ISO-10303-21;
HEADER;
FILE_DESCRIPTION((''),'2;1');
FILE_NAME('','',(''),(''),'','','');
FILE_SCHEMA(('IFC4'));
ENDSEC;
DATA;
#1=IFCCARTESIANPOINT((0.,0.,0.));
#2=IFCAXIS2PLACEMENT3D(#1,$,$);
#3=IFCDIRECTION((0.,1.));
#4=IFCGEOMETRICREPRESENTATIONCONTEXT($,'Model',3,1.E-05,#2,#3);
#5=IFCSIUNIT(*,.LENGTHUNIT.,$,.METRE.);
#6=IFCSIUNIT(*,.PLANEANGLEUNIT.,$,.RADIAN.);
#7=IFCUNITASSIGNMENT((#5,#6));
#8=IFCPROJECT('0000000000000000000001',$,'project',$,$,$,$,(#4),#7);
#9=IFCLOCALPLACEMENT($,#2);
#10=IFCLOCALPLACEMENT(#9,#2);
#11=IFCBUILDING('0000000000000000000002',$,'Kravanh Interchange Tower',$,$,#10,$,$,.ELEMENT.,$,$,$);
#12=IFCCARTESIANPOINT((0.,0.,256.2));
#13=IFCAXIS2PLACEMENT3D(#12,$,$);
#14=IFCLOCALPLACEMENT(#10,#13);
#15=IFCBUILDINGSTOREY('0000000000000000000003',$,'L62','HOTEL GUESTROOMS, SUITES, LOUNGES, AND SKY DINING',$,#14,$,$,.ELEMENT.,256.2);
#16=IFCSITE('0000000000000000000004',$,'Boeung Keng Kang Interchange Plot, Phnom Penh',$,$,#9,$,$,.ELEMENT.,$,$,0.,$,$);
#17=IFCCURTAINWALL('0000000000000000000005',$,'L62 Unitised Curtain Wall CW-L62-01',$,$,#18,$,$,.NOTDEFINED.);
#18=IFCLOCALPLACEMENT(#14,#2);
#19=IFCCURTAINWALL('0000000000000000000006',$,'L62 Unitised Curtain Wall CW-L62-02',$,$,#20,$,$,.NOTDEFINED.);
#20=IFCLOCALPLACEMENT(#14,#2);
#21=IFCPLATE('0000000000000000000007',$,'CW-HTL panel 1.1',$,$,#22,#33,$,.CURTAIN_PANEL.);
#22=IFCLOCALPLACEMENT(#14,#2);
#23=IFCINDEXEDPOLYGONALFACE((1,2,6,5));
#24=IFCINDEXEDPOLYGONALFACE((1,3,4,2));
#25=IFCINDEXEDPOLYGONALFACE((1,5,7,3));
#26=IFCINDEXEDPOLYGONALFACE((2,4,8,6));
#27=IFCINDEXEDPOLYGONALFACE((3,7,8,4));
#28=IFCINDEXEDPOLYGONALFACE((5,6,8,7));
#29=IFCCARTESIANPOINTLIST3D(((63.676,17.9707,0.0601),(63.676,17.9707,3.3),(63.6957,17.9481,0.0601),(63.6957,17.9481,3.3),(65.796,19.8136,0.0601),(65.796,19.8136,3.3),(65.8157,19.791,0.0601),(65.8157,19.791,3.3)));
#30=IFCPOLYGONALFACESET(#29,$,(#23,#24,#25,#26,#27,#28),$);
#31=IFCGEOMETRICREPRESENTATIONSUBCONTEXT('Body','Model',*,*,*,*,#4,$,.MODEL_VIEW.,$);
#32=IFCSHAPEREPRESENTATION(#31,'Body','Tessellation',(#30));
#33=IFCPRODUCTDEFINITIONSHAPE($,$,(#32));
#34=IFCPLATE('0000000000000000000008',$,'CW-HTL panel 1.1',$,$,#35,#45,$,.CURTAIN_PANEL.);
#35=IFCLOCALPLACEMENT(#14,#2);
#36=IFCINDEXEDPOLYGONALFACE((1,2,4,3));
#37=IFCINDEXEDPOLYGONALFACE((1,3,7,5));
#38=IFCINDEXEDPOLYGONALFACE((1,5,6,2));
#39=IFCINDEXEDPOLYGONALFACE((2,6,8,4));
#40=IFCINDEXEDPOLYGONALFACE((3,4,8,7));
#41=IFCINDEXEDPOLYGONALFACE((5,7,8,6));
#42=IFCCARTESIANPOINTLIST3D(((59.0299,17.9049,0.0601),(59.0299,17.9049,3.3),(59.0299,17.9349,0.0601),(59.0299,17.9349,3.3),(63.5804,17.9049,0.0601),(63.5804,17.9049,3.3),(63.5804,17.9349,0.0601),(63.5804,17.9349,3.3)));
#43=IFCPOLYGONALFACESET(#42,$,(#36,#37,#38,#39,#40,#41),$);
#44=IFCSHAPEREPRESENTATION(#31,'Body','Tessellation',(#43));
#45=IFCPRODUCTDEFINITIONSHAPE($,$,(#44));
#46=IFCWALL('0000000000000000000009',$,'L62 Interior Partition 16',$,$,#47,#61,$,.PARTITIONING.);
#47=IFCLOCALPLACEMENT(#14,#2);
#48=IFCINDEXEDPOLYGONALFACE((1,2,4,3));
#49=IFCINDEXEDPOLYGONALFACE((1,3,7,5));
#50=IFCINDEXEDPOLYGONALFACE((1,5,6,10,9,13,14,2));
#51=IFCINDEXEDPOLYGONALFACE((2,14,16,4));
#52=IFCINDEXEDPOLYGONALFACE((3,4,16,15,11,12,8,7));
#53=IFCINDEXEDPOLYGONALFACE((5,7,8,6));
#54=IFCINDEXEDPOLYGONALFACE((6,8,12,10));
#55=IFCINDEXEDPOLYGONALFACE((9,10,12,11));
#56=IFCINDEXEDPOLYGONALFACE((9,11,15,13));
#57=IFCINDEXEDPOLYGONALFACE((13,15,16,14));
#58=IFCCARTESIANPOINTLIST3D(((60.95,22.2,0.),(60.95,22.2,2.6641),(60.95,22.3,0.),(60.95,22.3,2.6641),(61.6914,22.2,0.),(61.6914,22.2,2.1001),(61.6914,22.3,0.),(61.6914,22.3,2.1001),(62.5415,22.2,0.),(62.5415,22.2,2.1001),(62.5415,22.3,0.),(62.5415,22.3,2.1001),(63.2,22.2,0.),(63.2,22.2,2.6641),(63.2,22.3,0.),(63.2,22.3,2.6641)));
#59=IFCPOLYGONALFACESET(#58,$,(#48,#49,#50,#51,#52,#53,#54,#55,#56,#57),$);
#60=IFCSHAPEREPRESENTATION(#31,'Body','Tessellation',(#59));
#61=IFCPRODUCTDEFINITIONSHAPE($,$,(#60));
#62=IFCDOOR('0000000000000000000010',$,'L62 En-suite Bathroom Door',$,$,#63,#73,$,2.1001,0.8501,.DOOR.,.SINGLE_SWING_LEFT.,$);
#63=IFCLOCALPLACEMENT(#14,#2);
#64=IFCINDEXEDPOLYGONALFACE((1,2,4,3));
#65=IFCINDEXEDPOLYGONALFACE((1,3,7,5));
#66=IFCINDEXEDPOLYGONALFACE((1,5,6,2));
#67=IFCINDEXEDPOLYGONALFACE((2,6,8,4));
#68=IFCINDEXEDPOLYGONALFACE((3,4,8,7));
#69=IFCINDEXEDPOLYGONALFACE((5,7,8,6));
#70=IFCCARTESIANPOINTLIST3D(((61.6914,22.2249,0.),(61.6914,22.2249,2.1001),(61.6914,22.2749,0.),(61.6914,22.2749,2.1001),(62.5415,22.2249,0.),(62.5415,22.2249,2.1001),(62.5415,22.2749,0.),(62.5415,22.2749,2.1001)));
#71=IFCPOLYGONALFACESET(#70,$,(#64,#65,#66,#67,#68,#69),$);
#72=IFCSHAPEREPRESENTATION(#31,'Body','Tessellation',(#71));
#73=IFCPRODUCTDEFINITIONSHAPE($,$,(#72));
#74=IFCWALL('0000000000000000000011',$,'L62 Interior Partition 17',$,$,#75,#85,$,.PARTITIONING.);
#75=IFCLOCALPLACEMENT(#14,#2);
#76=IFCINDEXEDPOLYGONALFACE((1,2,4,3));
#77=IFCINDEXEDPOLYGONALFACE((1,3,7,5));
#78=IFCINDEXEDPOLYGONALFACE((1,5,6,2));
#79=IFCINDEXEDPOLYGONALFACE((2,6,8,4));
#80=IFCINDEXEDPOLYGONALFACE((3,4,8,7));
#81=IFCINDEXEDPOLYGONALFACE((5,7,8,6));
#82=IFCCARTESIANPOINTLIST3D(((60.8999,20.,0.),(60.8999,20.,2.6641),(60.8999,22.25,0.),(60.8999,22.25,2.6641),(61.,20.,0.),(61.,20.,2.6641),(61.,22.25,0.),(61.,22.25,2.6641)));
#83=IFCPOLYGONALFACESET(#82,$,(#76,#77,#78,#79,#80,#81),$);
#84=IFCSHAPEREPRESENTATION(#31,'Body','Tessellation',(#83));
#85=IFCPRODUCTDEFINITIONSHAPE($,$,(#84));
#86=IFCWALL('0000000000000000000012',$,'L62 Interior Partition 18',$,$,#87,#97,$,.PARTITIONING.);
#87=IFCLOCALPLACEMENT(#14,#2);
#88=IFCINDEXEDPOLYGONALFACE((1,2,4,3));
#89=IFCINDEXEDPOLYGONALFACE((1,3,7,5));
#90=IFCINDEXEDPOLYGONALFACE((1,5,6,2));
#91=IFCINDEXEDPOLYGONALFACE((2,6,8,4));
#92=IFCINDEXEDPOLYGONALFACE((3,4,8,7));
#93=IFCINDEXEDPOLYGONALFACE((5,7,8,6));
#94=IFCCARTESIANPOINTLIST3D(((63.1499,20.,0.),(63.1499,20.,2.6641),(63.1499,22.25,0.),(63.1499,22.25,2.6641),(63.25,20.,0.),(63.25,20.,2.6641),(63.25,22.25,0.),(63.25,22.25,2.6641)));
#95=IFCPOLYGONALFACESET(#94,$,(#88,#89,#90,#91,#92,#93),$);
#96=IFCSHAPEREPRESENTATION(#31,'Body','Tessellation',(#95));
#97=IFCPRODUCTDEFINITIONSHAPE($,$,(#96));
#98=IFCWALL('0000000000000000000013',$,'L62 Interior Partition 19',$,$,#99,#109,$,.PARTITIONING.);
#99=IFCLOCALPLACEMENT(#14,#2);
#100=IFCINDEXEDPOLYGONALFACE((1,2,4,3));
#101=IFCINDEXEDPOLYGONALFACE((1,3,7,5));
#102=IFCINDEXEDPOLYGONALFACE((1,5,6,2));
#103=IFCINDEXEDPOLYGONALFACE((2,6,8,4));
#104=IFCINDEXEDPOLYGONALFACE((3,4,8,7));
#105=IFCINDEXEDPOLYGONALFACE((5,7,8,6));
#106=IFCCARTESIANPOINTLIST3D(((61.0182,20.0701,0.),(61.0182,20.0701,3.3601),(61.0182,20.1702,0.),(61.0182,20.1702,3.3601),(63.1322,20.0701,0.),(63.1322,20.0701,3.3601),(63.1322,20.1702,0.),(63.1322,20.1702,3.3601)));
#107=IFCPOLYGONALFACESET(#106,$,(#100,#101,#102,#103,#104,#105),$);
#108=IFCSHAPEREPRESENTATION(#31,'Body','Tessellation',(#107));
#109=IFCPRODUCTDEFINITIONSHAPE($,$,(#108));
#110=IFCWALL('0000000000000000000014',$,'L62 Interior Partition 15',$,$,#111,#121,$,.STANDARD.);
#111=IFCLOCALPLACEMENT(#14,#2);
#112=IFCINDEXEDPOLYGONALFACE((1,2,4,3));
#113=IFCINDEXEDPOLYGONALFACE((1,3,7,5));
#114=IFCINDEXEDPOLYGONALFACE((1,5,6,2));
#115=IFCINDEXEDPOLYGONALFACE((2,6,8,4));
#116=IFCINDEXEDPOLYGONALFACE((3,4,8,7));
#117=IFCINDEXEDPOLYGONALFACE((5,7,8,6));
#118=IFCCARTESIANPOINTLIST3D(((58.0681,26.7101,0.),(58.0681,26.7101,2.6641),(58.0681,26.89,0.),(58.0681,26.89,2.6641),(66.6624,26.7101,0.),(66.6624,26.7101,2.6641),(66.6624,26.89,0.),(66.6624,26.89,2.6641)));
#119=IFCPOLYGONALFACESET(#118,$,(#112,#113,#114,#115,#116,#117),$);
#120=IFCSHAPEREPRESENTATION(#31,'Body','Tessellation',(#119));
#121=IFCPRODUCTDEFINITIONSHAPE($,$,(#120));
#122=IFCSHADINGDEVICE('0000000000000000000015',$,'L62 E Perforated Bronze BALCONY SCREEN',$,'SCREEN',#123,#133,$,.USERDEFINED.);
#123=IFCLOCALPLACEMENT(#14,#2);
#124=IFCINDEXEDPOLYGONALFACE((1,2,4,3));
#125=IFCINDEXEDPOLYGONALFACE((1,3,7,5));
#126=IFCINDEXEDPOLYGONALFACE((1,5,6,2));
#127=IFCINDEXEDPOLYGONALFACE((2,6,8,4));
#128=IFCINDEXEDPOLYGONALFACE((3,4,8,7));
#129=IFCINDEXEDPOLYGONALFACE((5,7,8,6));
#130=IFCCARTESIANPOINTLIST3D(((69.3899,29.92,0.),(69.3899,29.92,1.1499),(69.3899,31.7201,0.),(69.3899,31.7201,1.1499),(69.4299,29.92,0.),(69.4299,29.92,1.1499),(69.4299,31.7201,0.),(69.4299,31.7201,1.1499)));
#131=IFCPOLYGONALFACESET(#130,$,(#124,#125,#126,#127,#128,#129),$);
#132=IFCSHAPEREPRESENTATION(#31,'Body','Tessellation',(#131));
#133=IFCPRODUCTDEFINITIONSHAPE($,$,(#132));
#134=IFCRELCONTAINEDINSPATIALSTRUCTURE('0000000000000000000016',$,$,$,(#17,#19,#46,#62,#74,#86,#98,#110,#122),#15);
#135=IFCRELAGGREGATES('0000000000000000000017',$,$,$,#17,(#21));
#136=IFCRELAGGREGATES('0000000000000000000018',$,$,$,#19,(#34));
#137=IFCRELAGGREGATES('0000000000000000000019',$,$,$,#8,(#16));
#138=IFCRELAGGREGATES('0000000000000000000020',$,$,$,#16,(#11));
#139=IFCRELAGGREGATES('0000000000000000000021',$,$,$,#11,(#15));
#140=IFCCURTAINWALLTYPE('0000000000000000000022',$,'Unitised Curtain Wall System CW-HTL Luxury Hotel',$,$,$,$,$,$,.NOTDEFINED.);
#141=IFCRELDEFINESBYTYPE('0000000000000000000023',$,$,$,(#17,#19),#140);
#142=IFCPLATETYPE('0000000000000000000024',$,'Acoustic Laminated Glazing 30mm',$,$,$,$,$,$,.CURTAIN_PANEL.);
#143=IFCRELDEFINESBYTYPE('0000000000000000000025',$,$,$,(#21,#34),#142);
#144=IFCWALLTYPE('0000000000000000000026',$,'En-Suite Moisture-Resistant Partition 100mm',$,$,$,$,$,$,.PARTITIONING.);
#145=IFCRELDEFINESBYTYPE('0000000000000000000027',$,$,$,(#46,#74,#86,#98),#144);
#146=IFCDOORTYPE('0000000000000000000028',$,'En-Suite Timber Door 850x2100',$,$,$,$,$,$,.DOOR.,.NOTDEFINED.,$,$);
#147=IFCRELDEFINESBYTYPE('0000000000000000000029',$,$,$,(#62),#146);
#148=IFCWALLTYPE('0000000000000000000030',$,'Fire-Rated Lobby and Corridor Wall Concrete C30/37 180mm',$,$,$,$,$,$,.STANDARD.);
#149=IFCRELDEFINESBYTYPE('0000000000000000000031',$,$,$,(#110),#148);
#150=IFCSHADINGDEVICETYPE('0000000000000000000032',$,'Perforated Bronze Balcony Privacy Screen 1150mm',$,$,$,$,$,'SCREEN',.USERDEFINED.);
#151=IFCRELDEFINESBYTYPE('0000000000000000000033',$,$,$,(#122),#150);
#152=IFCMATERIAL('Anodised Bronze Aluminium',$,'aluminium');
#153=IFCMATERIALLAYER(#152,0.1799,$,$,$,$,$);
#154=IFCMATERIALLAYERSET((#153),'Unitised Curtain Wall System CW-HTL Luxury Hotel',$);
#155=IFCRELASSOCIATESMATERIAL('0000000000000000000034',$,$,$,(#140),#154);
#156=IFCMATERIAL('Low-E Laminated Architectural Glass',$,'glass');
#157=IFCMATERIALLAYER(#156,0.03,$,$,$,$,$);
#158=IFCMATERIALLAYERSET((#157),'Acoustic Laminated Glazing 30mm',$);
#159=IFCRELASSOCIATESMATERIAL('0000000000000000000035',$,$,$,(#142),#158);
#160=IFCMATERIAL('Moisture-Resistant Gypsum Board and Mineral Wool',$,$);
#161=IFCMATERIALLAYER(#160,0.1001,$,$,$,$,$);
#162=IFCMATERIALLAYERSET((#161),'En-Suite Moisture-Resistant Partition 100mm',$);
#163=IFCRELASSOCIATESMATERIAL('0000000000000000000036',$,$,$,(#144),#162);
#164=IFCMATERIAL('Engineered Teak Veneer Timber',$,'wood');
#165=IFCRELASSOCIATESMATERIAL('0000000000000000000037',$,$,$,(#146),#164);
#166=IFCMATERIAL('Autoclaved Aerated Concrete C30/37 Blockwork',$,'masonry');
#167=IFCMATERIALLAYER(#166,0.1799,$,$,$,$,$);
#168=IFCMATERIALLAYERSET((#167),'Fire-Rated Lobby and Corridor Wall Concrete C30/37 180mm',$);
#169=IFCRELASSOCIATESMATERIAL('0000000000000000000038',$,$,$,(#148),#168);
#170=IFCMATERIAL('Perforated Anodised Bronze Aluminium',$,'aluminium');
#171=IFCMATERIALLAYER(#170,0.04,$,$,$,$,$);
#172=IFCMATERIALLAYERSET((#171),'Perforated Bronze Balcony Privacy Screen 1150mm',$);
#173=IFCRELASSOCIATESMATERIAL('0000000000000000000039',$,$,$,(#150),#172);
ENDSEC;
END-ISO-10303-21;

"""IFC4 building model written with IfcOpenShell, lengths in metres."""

from ifc_helpers import new_model, si_unit, direction, frame, frame_2d, origin, origin_2d, place, context, subcontext, project, spatial, rectangle, extrude, material, layer, layer_set, type_object, element, fill, aggregate, save


model = new_model("IFC4")

# Units and contexts
model_context = context("Model", 3, precision=1e-05, world=origin(), true_north=direction((0.0, 1.0)))
body_context = subcontext(model_context, "Body", "Model", "MODEL_VIEW")
ifc_project = project(units=[si_unit("LENGTHUNIT", "METRE"), si_unit("PLANEANGLEUNIT", "RADIAN")], contexts=[model_context])

# Site, building, storey
site_placement = place(None, origin())
site = spatial("IfcSite", under=ifc_project, at=site_placement, Name="Boeung Keng Kang Interchange Plot, Phnom Penh", CompositionType="ELEMENT", RefElevation=0.0)
building_placement = place(site_placement, origin())
building = spatial("IfcBuilding", under=site, at=building_placement, Name="Kravanh Interchange Tower", CompositionType="ELEMENT")
storey_placement = place(building_placement, frame((0.0, 0.0, 256.2)))
storey = spatial("IfcBuildingStorey", under=building, at=storey_placement, Name="L62", Description="HOTEL GUESTROOMS, SUITES, LOUNGES, AND SKY DINING", CompositionType="ELEMENT", Elevation=256.2)

# Curtain walls
ifc_material_1 = material(Name="Anodised Bronze Aluminium", Category="aluminium")
ifc_layer_1 = layer(ifc_material_1, 0.1799)
ifc_layer_set_1 = layer_set([ifc_layer_1], Name="Unitised Curtain Wall System CW-HTL Luxury Hotel")
curtain_wall_type = type_object("IfcCurtainWallType", Name="Unitised Curtain Wall System CW-HTL Luxury Hotel", PredefinedType="NOTDEFINED", material=ifc_layer_set_1)
curtain_wall_1_placement = place(storey_placement, origin())
curtain_wall_1 = element("IfcCurtainWall", 1, at=curtain_wall_1_placement, inside=storey, type_object=curtain_wall_type, Name="L62 Unitised Curtain Wall CW-L62-01", PredefinedType="NOTDEFINED")
curtain_wall_2_placement = place(storey_placement, origin())
curtain_wall_2 = element("IfcCurtainWall", 2, at=curtain_wall_2_placement, inside=storey, type_object=curtain_wall_type, Name="L62 Unitised Curtain Wall CW-L62-02", PredefinedType="NOTDEFINED")

# Plates
ifc_material_2 = material(Name="Low-E Laminated Architectural Glass", Category="glass")
ifc_layer_2 = layer(ifc_material_2, 0.03)
ifc_layer_set_2 = layer_set([ifc_layer_2], Name="Acoustic Laminated Glazing 30mm")
plate_type = type_object("IfcPlateType", Name="Acoustic Laminated Glazing 30mm", PredefinedType="CURTAIN_PANEL", material=ifc_layer_set_2)
plate_1_placement = place(storey_placement, frame((64.7458, 18.8809, 0.0601), z_axis=(0.0, 0.0, 1.0), x_axis=(-0.754717, -0.65605, 0.0)))
plate_1 = element("IfcPlate", 3, at=plate_1_placement, type_object=plate_type, Name="CW-HTL panel 1.1", PredefinedType="CURTAIN_PANEL", context=body_context, shape_type="SweptSolid", body=[
    extrude(rectangle(XDim=2.8091, YDim=0.03, at=origin_2d()), origin(), (0.0, 0.0, 1.0), 3.24),
])
aggregate(curtain_wall_1, [plate_1])
plate_2_placement = place(storey_placement, frame((61.3052, 17.9199, 0.0601), z_axis=(0.0, 0.0, 1.0), x_axis=(-1.0, 0.0, 0.0)))
plate_2 = element("IfcPlate", 4, at=plate_2_placement, type_object=plate_type, Name="CW-HTL panel 1.1", PredefinedType="CURTAIN_PANEL", context=body_context, shape_type="SweptSolid", body=[
    extrude(rectangle(XDim=4.5505, YDim=0.03, at=origin_2d()), origin(), (0.0, 0.0, 1.0), 3.24),
])
aggregate(curtain_wall_2, [plate_2])

# Wall, opening, door
ifc_material_3 = material(Name="Moisture-Resistant Gypsum Board and Mineral Wool")
ifc_layer_3 = layer(ifc_material_3, 0.1001)
ifc_layer_set_3 = layer_set([ifc_layer_3], Name="En-Suite Moisture-Resistant Partition 100mm")
wall_type_1 = type_object("IfcWallType", Name="En-Suite Moisture-Resistant Partition 100mm", PredefinedType="PARTITIONING", material=ifc_layer_set_3)
wall_1_placement = place(storey_placement, frame((60.95, 22.25, 0.0), z_axis=(0.0, 0.0, 1.0), x_axis=(1.0, 0.0, 0.0)))
wall_1 = element("IfcWall", 5, at=wall_1_placement, inside=storey, type_object=wall_type_1, Name="L62 Interior Partition 16", PredefinedType="PARTITIONING", context=body_context, shape_type="SweptSolid", body=[
    extrude(rectangle(XDim=2.25, YDim=0.1001, at=frame_2d((1.125, 0.0))), origin(), (0.0, 0.0, 1.0), 2.6641),
])
opening_1_placement = place(wall_1_placement, frame((0.7415, 0.0, 0.0)))
opening_1 = element("IfcOpeningElement", 6, at=opening_1_placement, cuts=wall_1, PredefinedType="OPENING", context=body_context, shape_type="SweptSolid", body=[
    extrude(rectangle(XDim=0.8501, YDim=2.1001, at=frame_2d((0.425, 1.05))), frame((0.0, 0.0601, 0.0), z_axis=(0.0, -1.0, 0.0), x_axis=(1.0, 0.0, 0.0)), (0.0, 0.0, 1.0), 0.1201),
])
ifc_material_4 = material(Name="Engineered Teak Veneer Timber", Category="wood")
door_type_1 = type_object("IfcDoorType", Name="En-Suite Timber Door 850x2100", OperationType="NOTDEFINED", PredefinedType="DOOR", material=ifc_material_4)
door_1_placement = place(opening_1_placement, origin())
door_1 = element("IfcDoor", 7, at=door_1_placement, inside=storey, type_object=door_type_1, Name="L62 En-suite Bathroom Door", OperationType="SINGLE_SWING_LEFT", OverallHeight=2.1001, OverallWidth=0.8501, PredefinedType="DOOR", context=body_context, shape_type="SweptSolid", body=[
    extrude(rectangle(XDim=0.8501, YDim=2.1001, at=frame_2d((0.425, 1.05))), frame((0.0, 0.0249, 0.0), z_axis=(0.0, -1.0, 0.0), x_axis=(1.0, 0.0, 0.0)), (0.0, 0.0, 1.0), 0.05),
])
fill(opening_1, door_1)

# Walls
for number, where, z_axis, x_axis, name in (
    (8, (60.95, 20.0, 0.0), (0.0, 0.0, 1.0), (0.0, 1.0, 0.0), "L62 Interior Partition 17"),
    (9, (63.2, 20.0, 0.0), (0.0, 0.0, 1.0), (0.0, 1.0, 0.0), "L62 Interior Partition 18"),
):
    element("IfcWall", number, at=place(storey_placement, frame(where, z_axis=z_axis, x_axis=x_axis)), inside=storey, type_object=wall_type_1, Name=name, PredefinedType="PARTITIONING", context=body_context, shape_type="SweptSolid", body=[
        extrude(rectangle(XDim=2.25, YDim=0.1001, at=frame_2d((1.125, 0.0))), origin(), (0.0, 0.0, 1.0), 2.6641),
    ])
wall_2_placement = place(storey_placement, frame((61.0181, 20.1201, 0.0), z_axis=(0.0, 0.0, 1.0), x_axis=(1.0, 0.0, 0.0)))
element("IfcWall", 10, at=wall_2_placement, inside=storey, type_object=wall_type_1, Name="L62 Interior Partition 19", PredefinedType="PARTITIONING", context=body_context, shape_type="SweptSolid", body=[
    extrude(rectangle(XDim=2.114, YDim=0.1001, at=frame_2d((1.0571, 0.0))), origin(), (0.0, 0.0, 1.0), 3.3601),
])

# Shared definitions
ifc_material_5 = material(Name="Autoclaved Aerated Concrete C30/37 Blockwork", Category="masonry")
ifc_layer_4 = layer(ifc_material_5, 0.1799)
ifc_layer_set_4 = layer_set([ifc_layer_4], Name="Fire-Rated Lobby and Corridor Wall Concrete C30/37 180mm")
wall_type_2 = type_object("IfcWallType", Name="Fire-Rated Lobby and Corridor Wall Concrete C30/37 180mm", PredefinedType="STANDARD", material=ifc_layer_set_4)

# Wall
wall_3_placement = place(storey_placement, frame((58.0681, 26.8, 0.0), z_axis=(0.0, 0.0, 1.0), x_axis=(1.0, 0.0, 0.0)))
element("IfcWall", 11, at=wall_3_placement, inside=storey, type_object=wall_type_2, Name="L62 Interior Partition 15", PredefinedType="STANDARD", context=body_context, shape_type="SweptSolid", body=[
    extrude(rectangle(XDim=8.5942, YDim=0.1799, at=frame_2d((4.2971, 0.0))), origin(), (0.0, 0.0, 1.0), 2.6641),
])

# Shading device
ifc_material_6 = material(Name="Perforated Anodised Bronze Aluminium", Category="aluminium")
ifc_layer_5 = layer(ifc_material_6, 0.04)
ifc_layer_set_5 = layer_set([ifc_layer_5], Name="Perforated Bronze Balcony Privacy Screen 1150mm")
shading_device_type = type_object("IfcShadingDeviceType", Name="Perforated Bronze Balcony Privacy Screen 1150mm", ElementType="SCREEN", PredefinedType="USERDEFINED", material=ifc_layer_set_5)
shading_device_placement = place(storey_placement, frame((69.4099, 30.8201, 0.0), z_axis=(0.0, 0.0, 1.0), x_axis=(1.0, 0.0, 0.0)))
element("IfcShadingDevice", 12, at=shading_device_placement, inside=storey, type_object=shading_device_type, Name="L62 E Perforated Bronze BALCONY SCREEN", ObjectType="SCREEN", PredefinedType="USERDEFINED", context=body_context, shape_type="SweptSolid", body=[
    extrude(rectangle(XDim=0.04, YDim=1.8, at=origin_2d()), origin(), (0.0, 0.0, 1.0), 1.1499),
])

save(model, "model.ifc")
